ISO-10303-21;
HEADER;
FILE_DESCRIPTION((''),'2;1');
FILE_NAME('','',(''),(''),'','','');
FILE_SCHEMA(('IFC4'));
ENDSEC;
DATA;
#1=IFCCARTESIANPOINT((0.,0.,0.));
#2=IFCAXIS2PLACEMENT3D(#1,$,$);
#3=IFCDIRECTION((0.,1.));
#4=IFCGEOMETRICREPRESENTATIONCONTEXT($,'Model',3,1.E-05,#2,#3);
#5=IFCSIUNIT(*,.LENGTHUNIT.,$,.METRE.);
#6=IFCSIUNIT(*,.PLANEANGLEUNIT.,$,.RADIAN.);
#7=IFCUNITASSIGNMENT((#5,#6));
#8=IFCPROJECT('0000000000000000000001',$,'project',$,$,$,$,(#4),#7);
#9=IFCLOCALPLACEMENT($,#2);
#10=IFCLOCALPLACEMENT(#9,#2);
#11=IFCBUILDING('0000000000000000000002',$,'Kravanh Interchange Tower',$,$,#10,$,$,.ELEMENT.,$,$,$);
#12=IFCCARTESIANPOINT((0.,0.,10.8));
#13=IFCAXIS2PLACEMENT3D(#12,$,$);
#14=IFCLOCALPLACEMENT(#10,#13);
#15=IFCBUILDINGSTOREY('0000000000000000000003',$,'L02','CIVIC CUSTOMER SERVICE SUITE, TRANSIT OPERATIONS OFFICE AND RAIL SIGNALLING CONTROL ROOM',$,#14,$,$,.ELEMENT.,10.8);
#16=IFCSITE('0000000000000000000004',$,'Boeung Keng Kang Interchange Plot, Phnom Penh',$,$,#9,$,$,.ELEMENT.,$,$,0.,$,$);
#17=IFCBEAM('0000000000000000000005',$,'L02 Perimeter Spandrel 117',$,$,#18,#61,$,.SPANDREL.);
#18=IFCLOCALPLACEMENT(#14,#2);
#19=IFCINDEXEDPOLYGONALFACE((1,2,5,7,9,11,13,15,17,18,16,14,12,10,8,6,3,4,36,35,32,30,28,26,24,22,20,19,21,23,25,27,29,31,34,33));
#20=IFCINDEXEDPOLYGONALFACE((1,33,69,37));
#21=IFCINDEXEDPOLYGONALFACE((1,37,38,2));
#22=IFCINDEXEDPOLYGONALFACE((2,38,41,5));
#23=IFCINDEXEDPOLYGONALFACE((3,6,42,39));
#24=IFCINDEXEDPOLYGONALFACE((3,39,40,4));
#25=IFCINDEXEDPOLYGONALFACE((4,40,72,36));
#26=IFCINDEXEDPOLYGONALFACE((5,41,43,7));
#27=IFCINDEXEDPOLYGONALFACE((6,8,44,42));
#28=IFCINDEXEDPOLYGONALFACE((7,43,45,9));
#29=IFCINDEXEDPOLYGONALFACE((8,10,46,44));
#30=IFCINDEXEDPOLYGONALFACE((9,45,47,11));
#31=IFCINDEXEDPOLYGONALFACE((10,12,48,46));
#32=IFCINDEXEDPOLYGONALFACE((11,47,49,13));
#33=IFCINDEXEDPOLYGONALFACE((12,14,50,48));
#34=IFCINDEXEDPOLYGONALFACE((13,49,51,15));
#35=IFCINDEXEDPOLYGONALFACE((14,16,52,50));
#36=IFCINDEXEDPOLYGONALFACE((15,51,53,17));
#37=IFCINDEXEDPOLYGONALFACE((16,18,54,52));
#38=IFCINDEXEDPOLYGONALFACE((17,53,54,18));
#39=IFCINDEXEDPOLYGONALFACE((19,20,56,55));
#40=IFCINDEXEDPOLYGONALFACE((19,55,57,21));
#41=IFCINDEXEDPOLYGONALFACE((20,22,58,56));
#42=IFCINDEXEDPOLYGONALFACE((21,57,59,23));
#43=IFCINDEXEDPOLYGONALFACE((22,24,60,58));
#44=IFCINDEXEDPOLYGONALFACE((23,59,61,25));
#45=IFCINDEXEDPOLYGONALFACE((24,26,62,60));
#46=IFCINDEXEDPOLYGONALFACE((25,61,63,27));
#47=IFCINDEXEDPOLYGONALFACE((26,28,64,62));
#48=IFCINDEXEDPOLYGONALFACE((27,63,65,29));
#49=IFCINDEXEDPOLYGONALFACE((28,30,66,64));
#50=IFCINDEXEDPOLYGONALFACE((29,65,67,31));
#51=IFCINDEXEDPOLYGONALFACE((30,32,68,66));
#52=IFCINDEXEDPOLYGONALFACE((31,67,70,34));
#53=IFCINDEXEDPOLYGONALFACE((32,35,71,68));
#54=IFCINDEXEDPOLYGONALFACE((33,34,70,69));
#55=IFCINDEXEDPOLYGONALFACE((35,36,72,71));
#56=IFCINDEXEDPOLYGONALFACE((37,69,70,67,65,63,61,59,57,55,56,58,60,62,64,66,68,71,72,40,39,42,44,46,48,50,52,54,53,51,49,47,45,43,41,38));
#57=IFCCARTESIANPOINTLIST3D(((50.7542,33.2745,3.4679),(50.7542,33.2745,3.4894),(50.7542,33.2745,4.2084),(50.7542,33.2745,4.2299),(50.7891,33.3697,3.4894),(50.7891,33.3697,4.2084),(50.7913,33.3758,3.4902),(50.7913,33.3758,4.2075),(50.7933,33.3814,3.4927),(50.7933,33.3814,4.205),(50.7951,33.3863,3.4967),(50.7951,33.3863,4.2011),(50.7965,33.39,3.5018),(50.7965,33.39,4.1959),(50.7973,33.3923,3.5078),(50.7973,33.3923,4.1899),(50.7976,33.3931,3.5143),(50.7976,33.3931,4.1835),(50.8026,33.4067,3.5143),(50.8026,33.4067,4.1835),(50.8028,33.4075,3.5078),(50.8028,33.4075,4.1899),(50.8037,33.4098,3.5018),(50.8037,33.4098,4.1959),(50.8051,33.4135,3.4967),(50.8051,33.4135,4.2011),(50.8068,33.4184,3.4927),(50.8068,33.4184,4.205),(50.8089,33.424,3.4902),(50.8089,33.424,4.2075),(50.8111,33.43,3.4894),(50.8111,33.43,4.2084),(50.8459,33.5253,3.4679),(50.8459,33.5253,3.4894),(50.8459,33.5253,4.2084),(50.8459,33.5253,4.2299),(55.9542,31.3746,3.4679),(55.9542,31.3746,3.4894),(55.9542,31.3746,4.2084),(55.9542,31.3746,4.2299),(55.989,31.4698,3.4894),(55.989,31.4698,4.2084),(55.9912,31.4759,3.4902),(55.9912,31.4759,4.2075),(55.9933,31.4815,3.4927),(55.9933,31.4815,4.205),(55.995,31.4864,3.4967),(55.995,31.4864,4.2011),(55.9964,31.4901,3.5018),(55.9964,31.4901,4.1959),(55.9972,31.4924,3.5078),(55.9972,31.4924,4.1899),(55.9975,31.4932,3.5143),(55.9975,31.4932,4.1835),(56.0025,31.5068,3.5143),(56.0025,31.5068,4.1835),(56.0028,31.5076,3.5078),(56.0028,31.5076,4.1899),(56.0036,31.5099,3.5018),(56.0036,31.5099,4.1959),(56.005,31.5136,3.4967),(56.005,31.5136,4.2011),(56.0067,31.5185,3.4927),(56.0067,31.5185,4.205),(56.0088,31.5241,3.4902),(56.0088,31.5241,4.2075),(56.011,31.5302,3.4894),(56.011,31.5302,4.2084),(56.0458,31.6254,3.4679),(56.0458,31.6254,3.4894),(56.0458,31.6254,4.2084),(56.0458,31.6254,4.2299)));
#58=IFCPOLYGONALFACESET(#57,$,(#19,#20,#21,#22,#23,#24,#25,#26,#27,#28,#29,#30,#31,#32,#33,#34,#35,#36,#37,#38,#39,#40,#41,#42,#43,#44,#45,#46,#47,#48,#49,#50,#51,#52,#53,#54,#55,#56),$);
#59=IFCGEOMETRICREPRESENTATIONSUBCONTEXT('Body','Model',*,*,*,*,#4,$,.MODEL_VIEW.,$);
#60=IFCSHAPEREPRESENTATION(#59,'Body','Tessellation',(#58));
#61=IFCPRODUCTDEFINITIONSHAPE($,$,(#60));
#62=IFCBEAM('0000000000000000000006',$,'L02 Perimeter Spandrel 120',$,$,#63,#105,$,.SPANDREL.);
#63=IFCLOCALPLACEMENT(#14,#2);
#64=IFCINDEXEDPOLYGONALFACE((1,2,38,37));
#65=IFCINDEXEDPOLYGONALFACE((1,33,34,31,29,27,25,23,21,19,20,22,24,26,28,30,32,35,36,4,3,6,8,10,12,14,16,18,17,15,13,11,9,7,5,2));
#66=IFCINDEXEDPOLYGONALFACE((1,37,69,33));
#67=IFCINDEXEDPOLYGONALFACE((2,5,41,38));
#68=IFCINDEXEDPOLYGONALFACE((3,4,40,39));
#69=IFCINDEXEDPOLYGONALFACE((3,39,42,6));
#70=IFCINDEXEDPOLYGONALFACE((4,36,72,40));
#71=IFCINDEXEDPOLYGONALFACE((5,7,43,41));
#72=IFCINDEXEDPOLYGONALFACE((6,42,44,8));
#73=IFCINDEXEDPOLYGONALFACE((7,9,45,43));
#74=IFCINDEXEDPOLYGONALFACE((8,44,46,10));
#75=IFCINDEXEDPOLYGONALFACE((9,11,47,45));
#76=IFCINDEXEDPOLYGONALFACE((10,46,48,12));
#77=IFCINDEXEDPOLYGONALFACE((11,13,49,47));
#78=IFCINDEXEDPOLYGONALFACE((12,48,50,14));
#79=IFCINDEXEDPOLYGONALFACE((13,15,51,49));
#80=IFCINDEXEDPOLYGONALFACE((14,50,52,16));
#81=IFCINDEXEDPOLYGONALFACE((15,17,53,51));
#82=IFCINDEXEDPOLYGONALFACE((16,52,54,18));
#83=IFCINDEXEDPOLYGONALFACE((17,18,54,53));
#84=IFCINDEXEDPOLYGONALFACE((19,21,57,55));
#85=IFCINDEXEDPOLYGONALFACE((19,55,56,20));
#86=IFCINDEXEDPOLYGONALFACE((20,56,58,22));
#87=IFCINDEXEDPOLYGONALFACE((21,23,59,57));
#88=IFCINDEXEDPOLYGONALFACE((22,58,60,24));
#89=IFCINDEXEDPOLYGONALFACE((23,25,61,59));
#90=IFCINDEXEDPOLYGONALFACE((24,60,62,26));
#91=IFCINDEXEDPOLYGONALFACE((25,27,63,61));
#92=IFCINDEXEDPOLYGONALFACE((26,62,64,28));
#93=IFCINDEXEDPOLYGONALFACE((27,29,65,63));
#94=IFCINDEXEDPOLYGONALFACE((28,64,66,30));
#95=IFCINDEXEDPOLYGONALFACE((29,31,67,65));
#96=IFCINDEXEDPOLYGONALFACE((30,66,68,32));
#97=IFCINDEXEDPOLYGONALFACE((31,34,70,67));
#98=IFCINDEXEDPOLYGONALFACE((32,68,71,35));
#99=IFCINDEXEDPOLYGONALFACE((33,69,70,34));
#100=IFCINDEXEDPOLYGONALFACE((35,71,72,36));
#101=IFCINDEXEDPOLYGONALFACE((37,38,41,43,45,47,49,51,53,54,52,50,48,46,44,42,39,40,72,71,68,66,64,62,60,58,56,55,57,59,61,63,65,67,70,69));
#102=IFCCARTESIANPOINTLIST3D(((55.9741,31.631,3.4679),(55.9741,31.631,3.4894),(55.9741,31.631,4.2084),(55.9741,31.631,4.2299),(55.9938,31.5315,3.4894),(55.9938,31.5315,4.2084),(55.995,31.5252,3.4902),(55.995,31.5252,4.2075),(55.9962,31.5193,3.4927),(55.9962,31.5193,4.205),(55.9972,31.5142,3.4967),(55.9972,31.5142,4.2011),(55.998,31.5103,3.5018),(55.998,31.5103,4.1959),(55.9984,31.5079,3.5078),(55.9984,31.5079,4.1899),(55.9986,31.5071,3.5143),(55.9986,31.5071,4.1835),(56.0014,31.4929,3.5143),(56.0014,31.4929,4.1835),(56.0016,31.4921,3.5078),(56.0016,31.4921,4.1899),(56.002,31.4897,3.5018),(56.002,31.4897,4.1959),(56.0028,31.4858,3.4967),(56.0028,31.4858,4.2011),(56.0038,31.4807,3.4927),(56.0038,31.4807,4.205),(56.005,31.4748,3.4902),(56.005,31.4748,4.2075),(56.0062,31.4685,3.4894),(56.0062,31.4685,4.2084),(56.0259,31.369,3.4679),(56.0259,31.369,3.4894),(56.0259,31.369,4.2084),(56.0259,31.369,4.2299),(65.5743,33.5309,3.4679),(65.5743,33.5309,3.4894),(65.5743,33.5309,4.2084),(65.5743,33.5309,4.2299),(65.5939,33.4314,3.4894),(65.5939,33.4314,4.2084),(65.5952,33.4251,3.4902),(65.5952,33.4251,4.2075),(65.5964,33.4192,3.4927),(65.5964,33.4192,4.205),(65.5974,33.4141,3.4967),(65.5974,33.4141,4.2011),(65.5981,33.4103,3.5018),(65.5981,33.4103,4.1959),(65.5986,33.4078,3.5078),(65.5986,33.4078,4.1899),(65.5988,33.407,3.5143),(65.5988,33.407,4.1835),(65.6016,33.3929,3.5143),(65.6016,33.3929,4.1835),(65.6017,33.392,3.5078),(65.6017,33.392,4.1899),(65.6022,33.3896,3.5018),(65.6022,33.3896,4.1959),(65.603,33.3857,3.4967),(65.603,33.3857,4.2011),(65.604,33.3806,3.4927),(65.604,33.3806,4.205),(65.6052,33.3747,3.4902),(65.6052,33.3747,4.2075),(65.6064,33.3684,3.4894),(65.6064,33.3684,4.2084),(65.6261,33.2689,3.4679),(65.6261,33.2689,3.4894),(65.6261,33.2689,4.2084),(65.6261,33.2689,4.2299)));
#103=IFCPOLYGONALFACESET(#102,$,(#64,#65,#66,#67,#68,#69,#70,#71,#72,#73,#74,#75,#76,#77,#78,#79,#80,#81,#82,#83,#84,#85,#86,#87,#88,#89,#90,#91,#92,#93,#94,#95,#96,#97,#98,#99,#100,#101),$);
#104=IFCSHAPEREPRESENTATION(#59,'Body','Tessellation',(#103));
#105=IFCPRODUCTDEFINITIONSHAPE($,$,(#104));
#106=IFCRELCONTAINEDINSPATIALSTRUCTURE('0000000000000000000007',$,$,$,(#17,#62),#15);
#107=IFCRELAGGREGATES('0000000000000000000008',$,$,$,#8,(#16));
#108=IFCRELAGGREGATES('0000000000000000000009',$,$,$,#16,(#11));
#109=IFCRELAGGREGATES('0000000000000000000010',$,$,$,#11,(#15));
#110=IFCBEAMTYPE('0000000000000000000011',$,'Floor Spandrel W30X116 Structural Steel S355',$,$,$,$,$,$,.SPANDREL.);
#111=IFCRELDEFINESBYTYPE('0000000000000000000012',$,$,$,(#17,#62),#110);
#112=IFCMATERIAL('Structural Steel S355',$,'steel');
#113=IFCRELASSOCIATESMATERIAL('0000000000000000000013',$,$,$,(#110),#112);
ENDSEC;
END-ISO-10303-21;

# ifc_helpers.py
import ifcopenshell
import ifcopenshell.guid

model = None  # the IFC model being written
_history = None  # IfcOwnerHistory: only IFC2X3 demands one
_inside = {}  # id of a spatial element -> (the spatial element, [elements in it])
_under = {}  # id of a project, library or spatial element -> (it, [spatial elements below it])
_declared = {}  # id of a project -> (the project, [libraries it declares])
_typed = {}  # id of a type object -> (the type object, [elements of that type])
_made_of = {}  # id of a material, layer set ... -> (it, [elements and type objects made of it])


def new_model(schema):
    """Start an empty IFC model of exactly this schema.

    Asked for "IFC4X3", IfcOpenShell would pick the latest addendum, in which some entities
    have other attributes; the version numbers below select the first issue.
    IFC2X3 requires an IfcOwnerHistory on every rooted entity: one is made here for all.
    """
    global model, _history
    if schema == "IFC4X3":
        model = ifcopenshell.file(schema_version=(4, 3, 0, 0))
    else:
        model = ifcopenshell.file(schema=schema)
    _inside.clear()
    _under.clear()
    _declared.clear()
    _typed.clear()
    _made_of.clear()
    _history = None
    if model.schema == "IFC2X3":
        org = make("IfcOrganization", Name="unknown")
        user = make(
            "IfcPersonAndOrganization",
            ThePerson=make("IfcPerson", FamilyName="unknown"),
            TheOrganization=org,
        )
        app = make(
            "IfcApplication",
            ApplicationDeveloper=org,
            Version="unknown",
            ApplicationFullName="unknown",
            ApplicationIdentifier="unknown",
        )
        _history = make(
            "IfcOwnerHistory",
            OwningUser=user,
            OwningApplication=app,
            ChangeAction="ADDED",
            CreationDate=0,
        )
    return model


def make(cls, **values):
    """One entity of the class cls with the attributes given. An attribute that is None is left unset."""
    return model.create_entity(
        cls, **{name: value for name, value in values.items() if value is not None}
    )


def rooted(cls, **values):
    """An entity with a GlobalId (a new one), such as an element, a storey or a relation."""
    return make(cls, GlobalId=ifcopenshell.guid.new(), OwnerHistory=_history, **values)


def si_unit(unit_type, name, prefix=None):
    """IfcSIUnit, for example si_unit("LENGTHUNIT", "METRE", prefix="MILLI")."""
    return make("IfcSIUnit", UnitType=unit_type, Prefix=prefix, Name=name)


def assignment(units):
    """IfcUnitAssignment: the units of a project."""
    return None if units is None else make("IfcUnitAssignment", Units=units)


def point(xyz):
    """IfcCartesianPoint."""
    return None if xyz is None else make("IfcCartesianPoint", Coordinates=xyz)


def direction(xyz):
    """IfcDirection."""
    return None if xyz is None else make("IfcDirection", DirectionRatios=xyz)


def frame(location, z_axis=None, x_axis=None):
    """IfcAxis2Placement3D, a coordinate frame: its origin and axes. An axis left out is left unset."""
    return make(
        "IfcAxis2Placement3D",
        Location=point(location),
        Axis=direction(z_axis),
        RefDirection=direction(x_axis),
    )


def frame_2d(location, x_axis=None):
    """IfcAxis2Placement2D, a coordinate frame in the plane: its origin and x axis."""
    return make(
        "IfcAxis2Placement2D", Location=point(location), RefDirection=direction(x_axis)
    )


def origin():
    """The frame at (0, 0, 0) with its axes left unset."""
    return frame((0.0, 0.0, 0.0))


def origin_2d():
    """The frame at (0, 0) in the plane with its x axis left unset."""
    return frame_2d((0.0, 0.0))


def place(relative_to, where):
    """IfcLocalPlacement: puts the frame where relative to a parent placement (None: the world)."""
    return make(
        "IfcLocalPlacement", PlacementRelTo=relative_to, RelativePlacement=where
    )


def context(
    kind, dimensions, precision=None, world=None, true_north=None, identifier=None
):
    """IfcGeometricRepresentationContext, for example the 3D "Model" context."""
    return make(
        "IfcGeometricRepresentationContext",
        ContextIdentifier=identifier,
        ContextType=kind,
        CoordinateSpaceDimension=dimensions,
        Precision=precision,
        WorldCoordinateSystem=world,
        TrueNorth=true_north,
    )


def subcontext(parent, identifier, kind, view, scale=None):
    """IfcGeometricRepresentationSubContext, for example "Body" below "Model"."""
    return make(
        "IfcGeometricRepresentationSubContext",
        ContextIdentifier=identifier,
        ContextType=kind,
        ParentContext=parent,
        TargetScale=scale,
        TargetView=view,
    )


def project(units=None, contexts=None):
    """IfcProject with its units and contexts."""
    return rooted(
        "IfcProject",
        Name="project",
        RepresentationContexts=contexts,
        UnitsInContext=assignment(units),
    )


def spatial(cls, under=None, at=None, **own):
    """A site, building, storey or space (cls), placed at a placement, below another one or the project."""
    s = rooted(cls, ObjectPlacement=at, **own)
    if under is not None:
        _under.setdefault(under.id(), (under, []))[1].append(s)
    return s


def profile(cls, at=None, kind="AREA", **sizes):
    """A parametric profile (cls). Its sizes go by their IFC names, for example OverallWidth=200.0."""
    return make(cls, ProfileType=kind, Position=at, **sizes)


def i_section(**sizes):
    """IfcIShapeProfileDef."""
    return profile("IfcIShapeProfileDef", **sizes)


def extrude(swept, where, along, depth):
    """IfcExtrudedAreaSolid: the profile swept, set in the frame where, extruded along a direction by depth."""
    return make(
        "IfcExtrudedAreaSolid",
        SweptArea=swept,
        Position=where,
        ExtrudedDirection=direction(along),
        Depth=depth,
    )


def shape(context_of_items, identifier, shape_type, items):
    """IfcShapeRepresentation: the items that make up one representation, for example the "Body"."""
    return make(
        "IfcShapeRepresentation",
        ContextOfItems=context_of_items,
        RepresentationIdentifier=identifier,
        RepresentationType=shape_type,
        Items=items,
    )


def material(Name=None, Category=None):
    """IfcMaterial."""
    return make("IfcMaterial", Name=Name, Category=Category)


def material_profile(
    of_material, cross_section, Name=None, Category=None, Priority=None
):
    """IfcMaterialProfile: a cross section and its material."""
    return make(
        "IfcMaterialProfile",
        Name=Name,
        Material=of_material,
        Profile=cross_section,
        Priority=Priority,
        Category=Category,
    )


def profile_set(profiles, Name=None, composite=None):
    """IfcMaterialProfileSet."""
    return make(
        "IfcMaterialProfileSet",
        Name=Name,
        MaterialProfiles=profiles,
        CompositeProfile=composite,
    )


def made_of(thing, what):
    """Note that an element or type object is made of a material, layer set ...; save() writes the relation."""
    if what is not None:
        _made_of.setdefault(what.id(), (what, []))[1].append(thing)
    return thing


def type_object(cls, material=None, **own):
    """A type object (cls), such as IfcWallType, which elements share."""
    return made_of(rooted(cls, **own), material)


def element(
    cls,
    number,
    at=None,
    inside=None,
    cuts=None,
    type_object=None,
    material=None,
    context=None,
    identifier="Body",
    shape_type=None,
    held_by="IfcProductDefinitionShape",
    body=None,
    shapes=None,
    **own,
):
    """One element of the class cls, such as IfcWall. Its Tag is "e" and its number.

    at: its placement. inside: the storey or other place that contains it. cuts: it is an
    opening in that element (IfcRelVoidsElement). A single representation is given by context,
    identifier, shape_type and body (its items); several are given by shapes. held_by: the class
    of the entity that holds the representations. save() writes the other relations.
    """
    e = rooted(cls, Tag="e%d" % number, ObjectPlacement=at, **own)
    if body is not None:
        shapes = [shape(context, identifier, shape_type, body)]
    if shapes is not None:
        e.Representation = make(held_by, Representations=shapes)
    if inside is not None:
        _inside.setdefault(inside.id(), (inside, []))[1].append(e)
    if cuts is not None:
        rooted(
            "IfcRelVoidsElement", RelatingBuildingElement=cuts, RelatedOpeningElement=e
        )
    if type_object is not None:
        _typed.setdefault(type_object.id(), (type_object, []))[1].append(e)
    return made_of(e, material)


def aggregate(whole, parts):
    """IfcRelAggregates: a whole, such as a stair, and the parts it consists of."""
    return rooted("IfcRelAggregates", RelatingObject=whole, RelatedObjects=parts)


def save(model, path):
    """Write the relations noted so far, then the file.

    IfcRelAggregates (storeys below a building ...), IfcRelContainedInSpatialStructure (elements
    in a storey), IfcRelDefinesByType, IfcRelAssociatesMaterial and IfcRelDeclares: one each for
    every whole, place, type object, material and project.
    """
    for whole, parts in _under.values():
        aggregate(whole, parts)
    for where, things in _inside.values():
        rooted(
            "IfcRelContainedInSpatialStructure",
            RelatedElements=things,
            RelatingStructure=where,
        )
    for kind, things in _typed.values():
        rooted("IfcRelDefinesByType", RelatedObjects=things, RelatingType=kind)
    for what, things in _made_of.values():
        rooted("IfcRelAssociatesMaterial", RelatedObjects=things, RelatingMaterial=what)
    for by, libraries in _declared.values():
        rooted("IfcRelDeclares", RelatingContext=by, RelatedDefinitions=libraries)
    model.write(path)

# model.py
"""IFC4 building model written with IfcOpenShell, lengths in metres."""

from ifc_helpers import new_model, si_unit, direction, frame, origin, origin_2d, place, context, subcontext, project, spatial, i_section, extrude, material, material_profile, profile_set, type_object, element, save


model = new_model("IFC4")

# Units and contexts
model_context = context("Model", 3, precision=1e-05, world=origin(), true_north=direction((0.0, 1.0)))
body_context = subcontext(model_context, "Body", "Model", "MODEL_VIEW")
ifc_project = project(units=[si_unit("LENGTHUNIT", "METRE"), si_unit("PLANEANGLEUNIT", "RADIAN")], contexts=[model_context])

# Site, building, storey
site_placement = place(None, origin())
site = spatial("IfcSite", under=ifc_project, at=site_placement, Name="Boeung Keng Kang Interchange Plot, Phnom Penh", CompositionType="ELEMENT", RefElevation=0.0)
building_placement = place(site_placement, origin())
building = spatial("IfcBuilding", under=site, at=building_placement, Name="Kravanh Interchange Tower", CompositionType="ELEMENT")
storey_placement = place(building_placement, frame((0.0, 0.0, 10.8)))
storey = spatial("IfcBuildingStorey", under=building, at=storey_placement, Name="L02", Description="CIVIC CUSTOMER SERVICE SUITE, TRANSIT OPERATIONS OFFICE AND RAIL SIGNALLING CONTROL ROOM", CompositionType="ELEMENT", Elevation=10.8)

# Beams
ifc_material_1 = material(Name="Structural Steel S355", Category="steel")
ifc_material_profile_1 = material_profile(ifc_material_1, i_section(OverallWidth=0.2671, OverallDepth=0.762, WebThickness=0.0144, FlangeThickness=0.0215, FilletRadius=0.0249, at=origin_2d()), Name="W30X116")
ifc_profile_set_1 = profile_set([ifc_material_profile_1], Name="Structural Steel S355")
beam_type_1 = type_object("IfcBeamType", Name="Floor Spandrel W30X116 Structural Steel S355", PredefinedType="SPANDREL", material=ifc_profile_set_1)
beam_1_placement = place(storey_placement, frame((56.0, 31.5, 3.8489), z_axis=(-0.93927, 0.34318, 0.0), x_axis=(-0.34318, -0.93927, 0.0)))
element("IfcBeam", 1, at=beam_1_placement, inside=storey, type_object=beam_type_1, Name="L02 Perimeter Spandrel 117", PredefinedType="SPANDREL", context=body_context, shape_type="SweptSolid", body=[
    extrude(i_section(OverallWidth=0.2671, OverallDepth=0.762, WebThickness=0.0144, FlangeThickness=0.0215, FilletRadius=0.0249, at=origin_2d()), origin(), (0.0, 0.0, 1.0), 5.5361),
])
beam_2_placement = place(storey_placement, frame((56.0, 31.5, 3.8489), z_axis=(0.980974, 0.194139, 0.0), x_axis=(-0.194139, 0.980974, 0.0)))
element("IfcBeam", 2, at=beam_2_placement, inside=storey, type_object=beam_type_1, Name="L02 Perimeter Spandrel 120", PredefinedType="SPANDREL", context=body_context, shape_type="SweptSolid", body=[
    extrude(i_section(OverallWidth=0.2671, OverallDepth=0.762, WebThickness=0.0144, FlangeThickness=0.0215, FilletRadius=0.0249, at=origin_2d()), origin(), (0.0, 0.0, 1.0), 9.7864),
])

save(model, "model.ifc")
